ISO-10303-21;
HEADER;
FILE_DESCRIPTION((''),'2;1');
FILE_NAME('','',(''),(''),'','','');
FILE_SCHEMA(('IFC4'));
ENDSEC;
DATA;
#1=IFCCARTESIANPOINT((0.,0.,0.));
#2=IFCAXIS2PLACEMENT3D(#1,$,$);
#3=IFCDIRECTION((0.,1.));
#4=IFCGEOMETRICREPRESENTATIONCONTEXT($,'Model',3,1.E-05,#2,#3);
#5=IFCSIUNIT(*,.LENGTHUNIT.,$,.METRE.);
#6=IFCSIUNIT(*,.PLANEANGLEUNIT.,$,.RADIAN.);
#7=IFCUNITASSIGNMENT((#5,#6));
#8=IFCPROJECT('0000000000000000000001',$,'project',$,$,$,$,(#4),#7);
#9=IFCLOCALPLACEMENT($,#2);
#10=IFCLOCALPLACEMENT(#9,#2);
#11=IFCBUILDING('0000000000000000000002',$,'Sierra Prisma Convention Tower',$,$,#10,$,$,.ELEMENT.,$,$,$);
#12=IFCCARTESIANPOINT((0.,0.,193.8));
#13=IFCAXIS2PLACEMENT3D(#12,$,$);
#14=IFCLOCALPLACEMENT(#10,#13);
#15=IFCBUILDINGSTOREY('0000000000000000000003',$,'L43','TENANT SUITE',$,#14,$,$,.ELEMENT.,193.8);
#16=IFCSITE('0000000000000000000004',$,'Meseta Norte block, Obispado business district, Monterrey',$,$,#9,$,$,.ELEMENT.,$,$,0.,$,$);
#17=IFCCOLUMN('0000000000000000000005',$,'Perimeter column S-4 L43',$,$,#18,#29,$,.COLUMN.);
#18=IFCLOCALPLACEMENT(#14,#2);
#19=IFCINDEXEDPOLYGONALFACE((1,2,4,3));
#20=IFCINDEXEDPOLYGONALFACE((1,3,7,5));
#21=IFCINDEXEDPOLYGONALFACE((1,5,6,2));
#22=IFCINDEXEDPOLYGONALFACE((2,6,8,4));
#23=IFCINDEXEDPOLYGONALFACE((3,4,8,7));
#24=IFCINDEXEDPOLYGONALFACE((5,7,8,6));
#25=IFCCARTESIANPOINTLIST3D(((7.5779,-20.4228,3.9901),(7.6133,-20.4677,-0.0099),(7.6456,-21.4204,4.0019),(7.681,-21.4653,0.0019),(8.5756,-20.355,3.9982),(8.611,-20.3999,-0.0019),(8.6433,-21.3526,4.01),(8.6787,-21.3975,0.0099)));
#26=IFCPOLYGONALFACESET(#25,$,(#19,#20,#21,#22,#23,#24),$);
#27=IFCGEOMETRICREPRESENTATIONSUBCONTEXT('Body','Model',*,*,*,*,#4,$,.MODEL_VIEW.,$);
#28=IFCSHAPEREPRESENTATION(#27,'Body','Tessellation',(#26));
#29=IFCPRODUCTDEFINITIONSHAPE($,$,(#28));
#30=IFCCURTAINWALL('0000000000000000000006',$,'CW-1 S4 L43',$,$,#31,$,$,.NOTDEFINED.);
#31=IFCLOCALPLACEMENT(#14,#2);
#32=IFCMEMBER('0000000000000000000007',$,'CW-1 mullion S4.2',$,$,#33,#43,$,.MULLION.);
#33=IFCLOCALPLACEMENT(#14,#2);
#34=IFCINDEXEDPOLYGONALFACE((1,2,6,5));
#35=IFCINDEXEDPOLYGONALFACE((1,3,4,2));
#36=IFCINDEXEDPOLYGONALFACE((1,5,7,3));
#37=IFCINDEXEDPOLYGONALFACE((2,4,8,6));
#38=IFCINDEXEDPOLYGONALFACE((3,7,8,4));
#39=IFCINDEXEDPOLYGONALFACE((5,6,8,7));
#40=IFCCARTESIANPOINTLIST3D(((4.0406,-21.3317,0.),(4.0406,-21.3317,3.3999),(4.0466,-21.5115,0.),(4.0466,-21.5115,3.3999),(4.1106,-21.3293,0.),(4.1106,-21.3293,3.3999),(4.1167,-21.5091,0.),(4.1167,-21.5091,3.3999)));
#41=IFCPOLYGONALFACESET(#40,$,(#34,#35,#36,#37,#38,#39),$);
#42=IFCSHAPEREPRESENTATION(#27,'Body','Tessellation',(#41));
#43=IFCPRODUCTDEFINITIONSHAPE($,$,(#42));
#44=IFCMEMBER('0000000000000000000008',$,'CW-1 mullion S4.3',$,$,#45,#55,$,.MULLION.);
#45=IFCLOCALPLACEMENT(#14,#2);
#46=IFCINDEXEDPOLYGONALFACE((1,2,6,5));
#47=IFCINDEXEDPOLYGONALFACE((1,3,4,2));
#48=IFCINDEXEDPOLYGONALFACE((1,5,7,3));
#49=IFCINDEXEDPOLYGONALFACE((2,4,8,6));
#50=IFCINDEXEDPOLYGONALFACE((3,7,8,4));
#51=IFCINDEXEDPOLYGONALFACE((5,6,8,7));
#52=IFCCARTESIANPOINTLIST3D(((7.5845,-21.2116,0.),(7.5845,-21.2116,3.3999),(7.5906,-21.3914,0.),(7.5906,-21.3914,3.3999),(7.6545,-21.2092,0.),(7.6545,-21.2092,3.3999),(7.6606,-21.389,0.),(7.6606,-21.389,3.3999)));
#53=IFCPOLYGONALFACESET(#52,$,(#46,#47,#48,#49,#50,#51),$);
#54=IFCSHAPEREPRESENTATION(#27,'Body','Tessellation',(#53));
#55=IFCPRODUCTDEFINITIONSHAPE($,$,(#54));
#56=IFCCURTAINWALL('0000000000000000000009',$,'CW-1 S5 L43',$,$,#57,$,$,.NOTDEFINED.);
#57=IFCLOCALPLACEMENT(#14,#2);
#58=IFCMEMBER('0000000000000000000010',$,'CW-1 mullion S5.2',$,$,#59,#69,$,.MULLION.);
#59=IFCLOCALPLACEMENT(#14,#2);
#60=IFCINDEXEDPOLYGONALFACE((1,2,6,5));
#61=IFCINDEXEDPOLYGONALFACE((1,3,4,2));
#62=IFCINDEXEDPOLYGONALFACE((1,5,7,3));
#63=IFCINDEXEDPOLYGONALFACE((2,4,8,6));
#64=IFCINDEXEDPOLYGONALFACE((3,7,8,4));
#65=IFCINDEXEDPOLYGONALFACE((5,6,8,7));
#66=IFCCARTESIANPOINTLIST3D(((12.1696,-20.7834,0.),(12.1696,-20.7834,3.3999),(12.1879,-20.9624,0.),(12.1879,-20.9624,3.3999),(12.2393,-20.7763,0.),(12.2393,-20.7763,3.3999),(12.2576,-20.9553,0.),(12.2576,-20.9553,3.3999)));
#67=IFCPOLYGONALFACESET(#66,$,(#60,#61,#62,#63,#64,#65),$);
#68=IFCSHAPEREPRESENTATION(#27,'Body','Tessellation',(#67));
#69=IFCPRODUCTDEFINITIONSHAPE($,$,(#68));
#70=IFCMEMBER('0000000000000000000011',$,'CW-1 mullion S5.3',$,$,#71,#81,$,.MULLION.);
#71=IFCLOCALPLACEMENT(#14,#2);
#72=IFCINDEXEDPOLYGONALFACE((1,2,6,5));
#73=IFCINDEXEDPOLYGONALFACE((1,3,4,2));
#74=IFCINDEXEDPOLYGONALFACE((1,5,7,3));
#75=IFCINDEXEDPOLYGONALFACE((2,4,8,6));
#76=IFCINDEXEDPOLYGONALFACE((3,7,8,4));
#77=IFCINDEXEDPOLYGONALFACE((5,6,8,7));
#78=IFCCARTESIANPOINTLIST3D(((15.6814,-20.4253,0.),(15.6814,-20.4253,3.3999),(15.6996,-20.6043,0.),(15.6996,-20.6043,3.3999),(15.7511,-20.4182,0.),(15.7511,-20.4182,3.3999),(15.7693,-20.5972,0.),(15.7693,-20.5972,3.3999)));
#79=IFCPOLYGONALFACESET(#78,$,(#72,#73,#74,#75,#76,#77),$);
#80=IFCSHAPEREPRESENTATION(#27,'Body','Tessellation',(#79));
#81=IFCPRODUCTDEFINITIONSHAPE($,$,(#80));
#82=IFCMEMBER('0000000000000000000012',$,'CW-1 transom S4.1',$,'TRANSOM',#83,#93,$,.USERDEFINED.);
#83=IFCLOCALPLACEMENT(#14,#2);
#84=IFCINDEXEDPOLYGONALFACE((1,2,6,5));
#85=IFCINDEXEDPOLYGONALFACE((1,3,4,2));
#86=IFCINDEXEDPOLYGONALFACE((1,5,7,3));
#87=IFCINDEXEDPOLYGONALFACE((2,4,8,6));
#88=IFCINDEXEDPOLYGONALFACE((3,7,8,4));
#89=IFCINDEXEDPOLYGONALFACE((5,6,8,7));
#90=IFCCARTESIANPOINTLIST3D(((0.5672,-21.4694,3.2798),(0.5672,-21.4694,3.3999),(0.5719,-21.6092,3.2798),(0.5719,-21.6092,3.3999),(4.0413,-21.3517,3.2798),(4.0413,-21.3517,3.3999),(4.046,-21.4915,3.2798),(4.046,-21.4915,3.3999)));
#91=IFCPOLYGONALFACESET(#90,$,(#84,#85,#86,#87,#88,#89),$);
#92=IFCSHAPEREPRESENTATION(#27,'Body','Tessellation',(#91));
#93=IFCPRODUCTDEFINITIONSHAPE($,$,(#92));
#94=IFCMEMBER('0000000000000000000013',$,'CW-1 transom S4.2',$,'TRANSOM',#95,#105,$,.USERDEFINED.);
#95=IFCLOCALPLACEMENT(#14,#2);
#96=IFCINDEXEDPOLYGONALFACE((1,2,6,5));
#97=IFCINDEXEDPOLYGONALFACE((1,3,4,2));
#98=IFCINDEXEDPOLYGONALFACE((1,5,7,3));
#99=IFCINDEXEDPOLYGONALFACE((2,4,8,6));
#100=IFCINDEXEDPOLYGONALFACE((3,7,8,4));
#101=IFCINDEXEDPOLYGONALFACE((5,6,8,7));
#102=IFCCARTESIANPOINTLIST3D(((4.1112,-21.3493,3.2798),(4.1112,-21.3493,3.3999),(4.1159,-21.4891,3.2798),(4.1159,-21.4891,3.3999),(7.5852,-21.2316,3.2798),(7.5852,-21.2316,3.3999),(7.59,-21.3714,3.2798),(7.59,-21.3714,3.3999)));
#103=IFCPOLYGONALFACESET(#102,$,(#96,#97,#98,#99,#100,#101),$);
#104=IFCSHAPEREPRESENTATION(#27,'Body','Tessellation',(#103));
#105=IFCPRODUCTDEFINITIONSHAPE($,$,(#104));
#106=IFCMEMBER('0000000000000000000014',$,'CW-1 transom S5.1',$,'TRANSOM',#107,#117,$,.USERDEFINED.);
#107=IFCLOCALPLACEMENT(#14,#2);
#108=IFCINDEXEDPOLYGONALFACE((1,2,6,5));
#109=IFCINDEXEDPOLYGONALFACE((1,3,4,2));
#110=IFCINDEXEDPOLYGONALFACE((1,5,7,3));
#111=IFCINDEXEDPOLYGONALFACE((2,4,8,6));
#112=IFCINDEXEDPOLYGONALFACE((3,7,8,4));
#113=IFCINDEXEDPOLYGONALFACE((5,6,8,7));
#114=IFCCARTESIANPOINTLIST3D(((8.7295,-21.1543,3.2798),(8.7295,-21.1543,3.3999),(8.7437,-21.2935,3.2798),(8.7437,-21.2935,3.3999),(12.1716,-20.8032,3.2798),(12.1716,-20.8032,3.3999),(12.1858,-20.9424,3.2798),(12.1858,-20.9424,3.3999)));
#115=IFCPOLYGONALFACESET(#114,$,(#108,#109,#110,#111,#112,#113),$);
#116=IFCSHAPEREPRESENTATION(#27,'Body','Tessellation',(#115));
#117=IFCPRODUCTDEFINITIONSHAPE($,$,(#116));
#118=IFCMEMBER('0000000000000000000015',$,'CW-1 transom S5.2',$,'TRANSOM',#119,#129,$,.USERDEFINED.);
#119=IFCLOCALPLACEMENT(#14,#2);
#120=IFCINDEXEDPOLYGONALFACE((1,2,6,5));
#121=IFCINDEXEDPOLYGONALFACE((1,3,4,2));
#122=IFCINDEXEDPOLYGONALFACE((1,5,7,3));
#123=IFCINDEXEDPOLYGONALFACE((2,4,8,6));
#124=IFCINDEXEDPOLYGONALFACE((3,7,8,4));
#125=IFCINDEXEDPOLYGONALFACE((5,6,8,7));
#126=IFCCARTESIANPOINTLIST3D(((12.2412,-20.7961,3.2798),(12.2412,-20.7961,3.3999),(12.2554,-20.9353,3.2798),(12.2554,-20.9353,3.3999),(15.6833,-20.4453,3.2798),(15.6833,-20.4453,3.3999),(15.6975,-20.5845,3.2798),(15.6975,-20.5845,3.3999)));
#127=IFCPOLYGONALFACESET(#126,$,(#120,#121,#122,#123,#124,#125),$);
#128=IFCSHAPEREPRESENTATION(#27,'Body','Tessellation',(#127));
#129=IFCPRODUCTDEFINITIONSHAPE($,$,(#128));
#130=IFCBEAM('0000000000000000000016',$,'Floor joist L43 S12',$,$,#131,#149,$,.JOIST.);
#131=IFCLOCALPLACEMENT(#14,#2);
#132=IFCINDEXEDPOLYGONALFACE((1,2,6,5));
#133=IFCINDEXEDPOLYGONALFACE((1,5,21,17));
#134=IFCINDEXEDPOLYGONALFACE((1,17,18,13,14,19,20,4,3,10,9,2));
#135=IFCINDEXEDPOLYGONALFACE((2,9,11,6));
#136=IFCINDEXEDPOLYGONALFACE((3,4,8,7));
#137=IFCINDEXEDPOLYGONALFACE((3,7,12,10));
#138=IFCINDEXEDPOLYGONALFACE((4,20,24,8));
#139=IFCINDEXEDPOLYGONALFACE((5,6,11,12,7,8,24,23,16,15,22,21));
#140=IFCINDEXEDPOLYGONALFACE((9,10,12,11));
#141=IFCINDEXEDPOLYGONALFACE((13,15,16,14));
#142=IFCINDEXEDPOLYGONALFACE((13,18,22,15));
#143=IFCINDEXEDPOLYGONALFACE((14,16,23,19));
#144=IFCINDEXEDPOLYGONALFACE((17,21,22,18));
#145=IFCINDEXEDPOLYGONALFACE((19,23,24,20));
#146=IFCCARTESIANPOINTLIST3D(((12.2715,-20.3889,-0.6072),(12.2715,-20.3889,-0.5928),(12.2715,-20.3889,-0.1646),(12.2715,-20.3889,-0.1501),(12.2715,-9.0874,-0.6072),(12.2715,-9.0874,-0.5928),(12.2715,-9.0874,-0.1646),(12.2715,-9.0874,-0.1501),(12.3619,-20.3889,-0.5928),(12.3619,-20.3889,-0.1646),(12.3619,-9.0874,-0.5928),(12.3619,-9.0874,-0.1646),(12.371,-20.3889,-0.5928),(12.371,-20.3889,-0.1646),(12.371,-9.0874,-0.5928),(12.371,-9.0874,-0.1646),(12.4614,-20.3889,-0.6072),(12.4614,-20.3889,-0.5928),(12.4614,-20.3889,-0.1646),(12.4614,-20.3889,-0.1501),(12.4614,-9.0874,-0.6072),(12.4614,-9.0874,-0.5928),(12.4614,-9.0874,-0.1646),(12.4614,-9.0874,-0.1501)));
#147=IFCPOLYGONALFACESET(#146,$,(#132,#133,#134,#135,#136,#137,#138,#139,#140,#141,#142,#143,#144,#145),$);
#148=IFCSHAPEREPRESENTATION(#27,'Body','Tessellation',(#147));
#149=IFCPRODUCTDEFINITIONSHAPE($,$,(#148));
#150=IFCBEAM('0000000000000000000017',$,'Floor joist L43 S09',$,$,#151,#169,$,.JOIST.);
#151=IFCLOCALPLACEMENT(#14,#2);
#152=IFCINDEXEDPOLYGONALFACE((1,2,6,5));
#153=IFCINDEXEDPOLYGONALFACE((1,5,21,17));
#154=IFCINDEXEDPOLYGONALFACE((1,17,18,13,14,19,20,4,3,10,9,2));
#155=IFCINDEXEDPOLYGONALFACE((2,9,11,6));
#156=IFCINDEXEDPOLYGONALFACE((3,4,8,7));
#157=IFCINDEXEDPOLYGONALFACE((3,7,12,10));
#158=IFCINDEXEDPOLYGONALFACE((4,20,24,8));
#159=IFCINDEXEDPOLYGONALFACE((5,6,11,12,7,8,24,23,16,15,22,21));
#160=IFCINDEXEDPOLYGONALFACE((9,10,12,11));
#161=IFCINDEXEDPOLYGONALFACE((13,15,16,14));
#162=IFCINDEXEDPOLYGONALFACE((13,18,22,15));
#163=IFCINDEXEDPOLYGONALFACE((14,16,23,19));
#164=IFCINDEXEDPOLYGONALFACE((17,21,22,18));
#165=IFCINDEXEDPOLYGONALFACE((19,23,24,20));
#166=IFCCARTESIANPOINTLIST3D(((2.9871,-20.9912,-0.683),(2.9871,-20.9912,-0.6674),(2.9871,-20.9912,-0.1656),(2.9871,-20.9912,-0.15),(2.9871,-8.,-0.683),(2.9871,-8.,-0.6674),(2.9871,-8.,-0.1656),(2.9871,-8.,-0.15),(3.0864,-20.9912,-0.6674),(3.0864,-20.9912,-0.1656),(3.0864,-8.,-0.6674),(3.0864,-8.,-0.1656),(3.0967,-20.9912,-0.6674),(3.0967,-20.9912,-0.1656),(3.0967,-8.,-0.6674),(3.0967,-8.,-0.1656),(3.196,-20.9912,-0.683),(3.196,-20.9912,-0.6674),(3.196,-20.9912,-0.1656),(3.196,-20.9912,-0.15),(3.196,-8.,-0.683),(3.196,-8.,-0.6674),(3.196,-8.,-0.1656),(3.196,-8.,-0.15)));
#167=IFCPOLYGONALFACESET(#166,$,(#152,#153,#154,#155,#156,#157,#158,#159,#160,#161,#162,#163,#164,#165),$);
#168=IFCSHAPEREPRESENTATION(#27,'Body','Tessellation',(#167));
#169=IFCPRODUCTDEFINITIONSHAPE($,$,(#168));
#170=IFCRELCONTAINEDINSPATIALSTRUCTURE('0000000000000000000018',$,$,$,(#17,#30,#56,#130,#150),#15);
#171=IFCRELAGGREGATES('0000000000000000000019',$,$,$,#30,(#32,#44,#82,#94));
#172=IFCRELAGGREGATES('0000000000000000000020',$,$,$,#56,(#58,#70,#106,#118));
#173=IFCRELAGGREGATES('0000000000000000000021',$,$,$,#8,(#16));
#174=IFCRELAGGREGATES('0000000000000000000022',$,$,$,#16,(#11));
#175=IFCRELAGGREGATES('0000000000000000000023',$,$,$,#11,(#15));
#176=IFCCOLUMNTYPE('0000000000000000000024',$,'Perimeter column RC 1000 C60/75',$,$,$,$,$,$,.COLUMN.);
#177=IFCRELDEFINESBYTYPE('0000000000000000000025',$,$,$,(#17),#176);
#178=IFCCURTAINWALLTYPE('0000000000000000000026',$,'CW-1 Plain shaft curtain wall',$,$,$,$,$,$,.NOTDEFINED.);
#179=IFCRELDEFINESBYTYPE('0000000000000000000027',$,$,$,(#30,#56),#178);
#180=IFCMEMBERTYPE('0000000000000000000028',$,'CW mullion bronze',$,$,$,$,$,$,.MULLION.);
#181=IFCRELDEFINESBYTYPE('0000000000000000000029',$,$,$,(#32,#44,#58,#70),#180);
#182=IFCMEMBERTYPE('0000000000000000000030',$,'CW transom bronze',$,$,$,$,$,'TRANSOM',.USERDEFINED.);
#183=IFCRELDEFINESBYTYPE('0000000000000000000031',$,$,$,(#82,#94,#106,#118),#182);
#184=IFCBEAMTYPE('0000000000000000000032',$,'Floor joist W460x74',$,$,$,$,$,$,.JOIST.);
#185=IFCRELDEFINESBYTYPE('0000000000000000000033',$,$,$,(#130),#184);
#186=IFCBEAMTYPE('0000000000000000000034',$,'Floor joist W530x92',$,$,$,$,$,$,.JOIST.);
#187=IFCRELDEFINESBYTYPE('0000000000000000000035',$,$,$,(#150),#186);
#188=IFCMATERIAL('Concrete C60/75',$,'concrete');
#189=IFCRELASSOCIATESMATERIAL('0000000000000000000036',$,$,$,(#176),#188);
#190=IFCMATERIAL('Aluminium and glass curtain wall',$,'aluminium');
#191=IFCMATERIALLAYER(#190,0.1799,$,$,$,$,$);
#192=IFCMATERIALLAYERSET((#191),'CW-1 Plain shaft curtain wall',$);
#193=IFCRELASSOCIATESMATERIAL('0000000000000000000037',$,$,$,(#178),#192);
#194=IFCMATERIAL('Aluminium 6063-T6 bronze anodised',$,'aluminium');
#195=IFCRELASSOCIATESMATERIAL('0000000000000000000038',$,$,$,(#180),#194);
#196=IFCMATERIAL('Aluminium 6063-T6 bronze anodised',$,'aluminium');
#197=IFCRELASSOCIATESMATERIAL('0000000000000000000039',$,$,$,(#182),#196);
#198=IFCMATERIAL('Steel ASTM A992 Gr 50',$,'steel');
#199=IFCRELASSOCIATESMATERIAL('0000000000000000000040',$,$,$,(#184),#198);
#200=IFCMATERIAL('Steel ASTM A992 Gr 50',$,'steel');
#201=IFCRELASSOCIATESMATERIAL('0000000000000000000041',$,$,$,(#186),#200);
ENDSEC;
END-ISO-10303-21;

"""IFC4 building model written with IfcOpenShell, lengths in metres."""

from ifc_helpers import new_model, si_unit, direction, frame, origin, origin_2d, place, context, subcontext, project, spatial, rectangle, i_section, extrude, material, layer, layer_set, material_profile, profile_set, type_object, element, aggregate, save


model = new_model("IFC4")

# Units and contexts
model_context = context("Model", 3, precision=1e-05, world=origin(), true_north=direction((0.0, 1.0)))
body_context = subcontext(model_context, "Body", "Model", "MODEL_VIEW")
ifc_project = project(units=[si_unit("LENGTHUNIT", "METRE"), si_unit("PLANEANGLEUNIT", "RADIAN")], contexts=[model_context])

# Site, building, storey
site_placement = place(None, origin())
site = spatial("IfcSite", under=ifc_project, at=site_placement, Name="Meseta Norte block, Obispado business district, Monterrey", CompositionType="ELEMENT", RefElevation=0.0)
building_placement = place(site_placement, origin())
building = spatial("IfcBuilding", under=site, at=building_placement, Name="Sierra Prisma Convention Tower", CompositionType="ELEMENT")
storey_placement = place(building_placement, frame((0.0, 0.0, 193.8)))
storey = spatial("IfcBuildingStorey", under=building, at=storey_placement, Name="L43", Description="TENANT SUITE", CompositionType="ELEMENT", Elevation=193.8)

# Column
ifc_material_1 = material(Name="Concrete C60/75", Category="concrete")
ifc_material_profile_1 = material_profile(ifc_material_1, rectangle(XDim=1.0, YDim=1.0, at=origin_2d()), Name="Perimeter column RC 1000 C60/75")
ifc_profile_set_1 = profile_set([ifc_material_profile_1], Name="Concrete C60/75")
column_type = type_object("IfcColumnType", Name="Perimeter column RC 1000 C60/75", PredefinedType="COLUMN", material=ifc_profile_set_1)
column_placement = place(storey_placement, frame((8.146, -20.9326, 0.0), z_axis=(-0.008849, 0.011229, 0.999898), x_axis=(0.997667, 0.067792, 0.008068)))
element("IfcColumn", 1, at=column_placement, inside=storey, type_object=column_type, Name="Perimeter column S-4 L43", PredefinedType="COLUMN", context=body_context, shape_type="SweptSolid", body=[
    extrude(rectangle(XDim=1.0, YDim=1.0, at=origin_2d()), origin(), (0.0, 0.0, 1.0), 4.0005),
])

# Curtain walls, members
ifc_material_2 = material(Name="Aluminium and glass curtain wall", Category="aluminium")
ifc_layer_1 = layer(ifc_material_2, 0.1799)
ifc_layer_set_1 = layer_set([ifc_layer_1], Name="CW-1 Plain shaft curtain wall")
curtain_wall_type = type_object("IfcCurtainWallType", Name="CW-1 Plain shaft curtain wall", PredefinedType="NOTDEFINED", material=ifc_layer_set_1)
curtain_wall_1_placement = place(storey_placement, origin())
curtain_wall_1 = element("IfcCurtainWall", 2, at=curtain_wall_1_placement, inside=storey, type_object=curtain_wall_type, Name="CW-1 S4 L43", PredefinedType="NOTDEFINED")
ifc_material_3 = material(Name="Aluminium 6063-T6 bronze anodised", Category="aluminium")
ifc_material_profile_2 = material_profile(ifc_material_3, rectangle(XDim=0.1799, YDim=0.0701, at=origin_2d()), Name="ALU MULLION 70x180")
ifc_profile_set_2 = profile_set([ifc_material_profile_2], Name="Aluminium 6063-T6 bronze anodised")
member_type_1 = type_object("IfcMemberType", Name="CW mullion bronze", PredefinedType="MULLION", material=ifc_profile_set_2)
member_1_placement = place(storey_placement, frame((4.0786, -21.4204, 0.0), z_axis=(0.0, 0.0, 1.0), x_axis=(-0.033868, 0.999426, 0.0)))
member_1 = element("IfcMember", 3, at=member_1_placement, type_object=member_type_1, Name="CW-1 mullion S4.2", PredefinedType="MULLION", context=body_context, shape_type="SweptSolid", body=[
    extrude(rectangle(XDim=0.1799, YDim=0.0701, at=origin_2d()), origin(), (0.0, 0.0, 1.0), 3.3999),
])
member_2_placement = place(storey_placement, frame((7.6226, -21.3003, 0.0), z_axis=(0.0, 0.0, 1.0), x_axis=(-0.033868, 0.999426, 0.0)))
member_2 = element("IfcMember", 4, at=member_2_placement, type_object=member_type_1, Name="CW-1 mullion S4.3", PredefinedType="MULLION", context=body_context, shape_type="SweptSolid", body=[
    extrude(rectangle(XDim=0.1799, YDim=0.0701, at=origin_2d()), origin(), (0.0, 0.0, 1.0), 3.3999),
])
curtain_wall_2_placement = place(storey_placement, origin())
curtain_wall_2 = element("IfcCurtainWall", 5, at=curtain_wall_2_placement, inside=storey, type_object=curtain_wall_type, Name="CW-1 S5 L43", PredefinedType="NOTDEFINED")
member_3_placement = place(storey_placement, frame((12.2136, -20.8694, 0.0), z_axis=(0.0, 0.0, 1.0), x_axis=(-0.101448, 0.994841, 0.0)))
member_3 = element("IfcMember", 6, at=member_3_placement, type_object=member_type_1, Name="CW-1 mullion S5.2", PredefinedType="MULLION", context=body_context, shape_type="SweptSolid", body=[
    extrude(rectangle(XDim=0.1799, YDim=0.0701, at=origin_2d()), origin(), (0.0, 0.0, 1.0), 3.3999),
])
member_4_placement = place(storey_placement, frame((15.7253, -20.5112, 0.0), z_axis=(0.0, 0.0, 1.0), x_axis=(-0.101448, 0.994841, 0.0)))
member_4 = element("IfcMember", 7, at=member_4_placement, type_object=member_type_1, Name="CW-1 mullion S5.3", PredefinedType="MULLION", context=body_context, shape_type="SweptSolid", body=[
    extrude(rectangle(XDim=0.1799, YDim=0.0701, at=origin_2d()), origin(), (0.0, 0.0, 1.0), 3.3999),
])

# Members
ifc_material_4 = material(Name="Aluminium 6063-T6 bronze anodised", Category="aluminium")
ifc_material_profile_3 = material_profile(ifc_material_4, rectangle(XDim=0.1399, YDim=0.1201, at=origin_2d()), Name="ALU TRANSOM 120x140")
ifc_profile_set_3 = profile_set([ifc_material_profile_3], Name="Aluminium 6063-T6 bronze anodised")
member_type_2 = type_object("IfcMemberType", Name="CW transom bronze", ElementType="TRANSOM", PredefinedType="USERDEFINED", material=ifc_profile_set_3)
member_5_placement = place(storey_placement, frame((0.5696, -21.5393, 3.3398), z_axis=(0.999427, 0.033853, 0.0), x_axis=(-0.033853, 0.999427, 0.0)))
member_5 = element("IfcMember", 8, at=member_5_placement, type_object=member_type_2, Name="CW-1 transom S4.1", ObjectType="TRANSOM", PredefinedType="USERDEFINED", context=body_context, shape_type="SweptSolid", body=[
    extrude(rectangle(XDim=0.1399, YDim=0.1201, at=origin_2d()), origin(), (0.0, 0.0, 1.0), 3.4761),
])
member_6_placement = place(storey_placement, frame((4.1135, -21.4192, 3.3398), z_axis=(0.999427, 0.033853, 0.0), x_axis=(-0.033853, 0.999427, 0.0)))
member_6 = element("IfcMember", 9, at=member_6_placement, type_object=member_type_2, Name="CW-1 transom S4.2", ObjectType="TRANSOM", PredefinedType="USERDEFINED", context=body_context, shape_type="SweptSolid", body=[
    extrude(rectangle(XDim=0.1399, YDim=0.1201, at=origin_2d()), origin(), (0.0, 0.0, 1.0), 3.4761),
])
member_7_placement = place(storey_placement, frame((8.7366, -21.2239, 3.3398), z_axis=(0.994839, 0.101467, 0.0), x_axis=(-0.101467, 0.994839, 0.0)))
member_7 = element("IfcMember", 10, at=member_7_placement, type_object=member_type_2, Name="CW-1 transom S5.1", ObjectType="TRANSOM", PredefinedType="USERDEFINED", context=body_context, shape_type="SweptSolid", body=[
    extrude(rectangle(XDim=0.1399, YDim=0.1201, at=origin_2d()), origin(), (0.0, 0.0, 1.0), 3.46),
])
member_8_placement = place(storey_placement, frame((12.2483, -20.8657, 3.3398), z_axis=(0.994846, 0.101397, 0.0), x_axis=(-0.101397, 0.994846, 0.0)))
member_8 = element("IfcMember", 11, at=member_8_placement, type_object=member_type_2, Name="CW-1 transom S5.2", ObjectType="TRANSOM", PredefinedType="USERDEFINED", context=body_context, shape_type="SweptSolid", body=[
    extrude(rectangle(XDim=0.1399, YDim=0.1201, at=origin_2d()), origin(), (0.0, 0.0, 1.0), 3.46),
])

# Beams
ifc_material_5 = material(Name="Steel ASTM A992 Gr 50", Category="steel")
ifc_material_profile_4 = material_profile(ifc_material_5, i_section(OverallWidth=0.1899, OverallDepth=0.457, WebThickness=0.009, FlangeThickness=0.0144, at=origin_2d()), Name="W460x74")
ifc_profile_set_4 = profile_set([ifc_material_profile_4], Name="Steel ASTM A992 Gr 50")
beam_type_1 = type_object("IfcBeamType", Name="Floor joist W460x74", PredefinedType="JOIST", material=ifc_profile_set_4)
beam_1_placement = place(storey_placement, frame((12.3665, -20.3889, -0.3787), z_axis=(0.0, 1.0, 0.0), x_axis=(-1.0, 0.0, 0.0)))
element("IfcBeam", 12, at=beam_1_placement, inside=storey, type_object=beam_type_1, Name="Floor joist L43 S12", PredefinedType="JOIST", context=body_context, shape_type="SweptSolid", body=[
    extrude(i_section(OverallWidth=0.1899, OverallDepth=0.457, WebThickness=0.009, FlangeThickness=0.0144, at=origin_2d()), origin(), (0.0, 0.0, 1.0), 11.3015),
])
ifc_material_6 = material(Name="Steel ASTM A992 Gr 50", Category="steel")
ifc_material_profile_5 = material_profile(ifc_material_6, i_section(OverallWidth=0.209, OverallDepth=0.533, WebThickness=0.0103, FlangeThickness=0.0156, at=origin_2d()), Name="W530x92")
ifc_profile_set_5 = profile_set([ifc_material_profile_5], Name="Steel ASTM A992 Gr 50")
beam_type_2 = type_object("IfcBeamType", Name="Floor joist W530x92", PredefinedType="JOIST", material=ifc_profile_set_5)
beam_2_placement = place(storey_placement, frame((3.0916, -20.9912, -0.4165), z_axis=(0.0, 1.0, 0.0), x_axis=(-1.0, 0.0, 0.0)))
element("IfcBeam", 13, at=beam_2_placement, inside=storey, type_object=beam_type_2, Name="Floor joist L43 S09", PredefinedType="JOIST", context=body_context, shape_type="SweptSolid", body=[
    extrude(i_section(OverallWidth=0.209, OverallDepth=0.533, WebThickness=0.0103, FlangeThickness=0.0156, at=origin_2d()), origin(), (0.0, 0.0, 1.0), 12.9912),
])

aggregate(curtain_wall_1, [member_1, member_2, member_5, member_6])
aggregate(curtain_wall_2, [member_3, member_4, member_7, member_8])

save(model, "model.ifc")
